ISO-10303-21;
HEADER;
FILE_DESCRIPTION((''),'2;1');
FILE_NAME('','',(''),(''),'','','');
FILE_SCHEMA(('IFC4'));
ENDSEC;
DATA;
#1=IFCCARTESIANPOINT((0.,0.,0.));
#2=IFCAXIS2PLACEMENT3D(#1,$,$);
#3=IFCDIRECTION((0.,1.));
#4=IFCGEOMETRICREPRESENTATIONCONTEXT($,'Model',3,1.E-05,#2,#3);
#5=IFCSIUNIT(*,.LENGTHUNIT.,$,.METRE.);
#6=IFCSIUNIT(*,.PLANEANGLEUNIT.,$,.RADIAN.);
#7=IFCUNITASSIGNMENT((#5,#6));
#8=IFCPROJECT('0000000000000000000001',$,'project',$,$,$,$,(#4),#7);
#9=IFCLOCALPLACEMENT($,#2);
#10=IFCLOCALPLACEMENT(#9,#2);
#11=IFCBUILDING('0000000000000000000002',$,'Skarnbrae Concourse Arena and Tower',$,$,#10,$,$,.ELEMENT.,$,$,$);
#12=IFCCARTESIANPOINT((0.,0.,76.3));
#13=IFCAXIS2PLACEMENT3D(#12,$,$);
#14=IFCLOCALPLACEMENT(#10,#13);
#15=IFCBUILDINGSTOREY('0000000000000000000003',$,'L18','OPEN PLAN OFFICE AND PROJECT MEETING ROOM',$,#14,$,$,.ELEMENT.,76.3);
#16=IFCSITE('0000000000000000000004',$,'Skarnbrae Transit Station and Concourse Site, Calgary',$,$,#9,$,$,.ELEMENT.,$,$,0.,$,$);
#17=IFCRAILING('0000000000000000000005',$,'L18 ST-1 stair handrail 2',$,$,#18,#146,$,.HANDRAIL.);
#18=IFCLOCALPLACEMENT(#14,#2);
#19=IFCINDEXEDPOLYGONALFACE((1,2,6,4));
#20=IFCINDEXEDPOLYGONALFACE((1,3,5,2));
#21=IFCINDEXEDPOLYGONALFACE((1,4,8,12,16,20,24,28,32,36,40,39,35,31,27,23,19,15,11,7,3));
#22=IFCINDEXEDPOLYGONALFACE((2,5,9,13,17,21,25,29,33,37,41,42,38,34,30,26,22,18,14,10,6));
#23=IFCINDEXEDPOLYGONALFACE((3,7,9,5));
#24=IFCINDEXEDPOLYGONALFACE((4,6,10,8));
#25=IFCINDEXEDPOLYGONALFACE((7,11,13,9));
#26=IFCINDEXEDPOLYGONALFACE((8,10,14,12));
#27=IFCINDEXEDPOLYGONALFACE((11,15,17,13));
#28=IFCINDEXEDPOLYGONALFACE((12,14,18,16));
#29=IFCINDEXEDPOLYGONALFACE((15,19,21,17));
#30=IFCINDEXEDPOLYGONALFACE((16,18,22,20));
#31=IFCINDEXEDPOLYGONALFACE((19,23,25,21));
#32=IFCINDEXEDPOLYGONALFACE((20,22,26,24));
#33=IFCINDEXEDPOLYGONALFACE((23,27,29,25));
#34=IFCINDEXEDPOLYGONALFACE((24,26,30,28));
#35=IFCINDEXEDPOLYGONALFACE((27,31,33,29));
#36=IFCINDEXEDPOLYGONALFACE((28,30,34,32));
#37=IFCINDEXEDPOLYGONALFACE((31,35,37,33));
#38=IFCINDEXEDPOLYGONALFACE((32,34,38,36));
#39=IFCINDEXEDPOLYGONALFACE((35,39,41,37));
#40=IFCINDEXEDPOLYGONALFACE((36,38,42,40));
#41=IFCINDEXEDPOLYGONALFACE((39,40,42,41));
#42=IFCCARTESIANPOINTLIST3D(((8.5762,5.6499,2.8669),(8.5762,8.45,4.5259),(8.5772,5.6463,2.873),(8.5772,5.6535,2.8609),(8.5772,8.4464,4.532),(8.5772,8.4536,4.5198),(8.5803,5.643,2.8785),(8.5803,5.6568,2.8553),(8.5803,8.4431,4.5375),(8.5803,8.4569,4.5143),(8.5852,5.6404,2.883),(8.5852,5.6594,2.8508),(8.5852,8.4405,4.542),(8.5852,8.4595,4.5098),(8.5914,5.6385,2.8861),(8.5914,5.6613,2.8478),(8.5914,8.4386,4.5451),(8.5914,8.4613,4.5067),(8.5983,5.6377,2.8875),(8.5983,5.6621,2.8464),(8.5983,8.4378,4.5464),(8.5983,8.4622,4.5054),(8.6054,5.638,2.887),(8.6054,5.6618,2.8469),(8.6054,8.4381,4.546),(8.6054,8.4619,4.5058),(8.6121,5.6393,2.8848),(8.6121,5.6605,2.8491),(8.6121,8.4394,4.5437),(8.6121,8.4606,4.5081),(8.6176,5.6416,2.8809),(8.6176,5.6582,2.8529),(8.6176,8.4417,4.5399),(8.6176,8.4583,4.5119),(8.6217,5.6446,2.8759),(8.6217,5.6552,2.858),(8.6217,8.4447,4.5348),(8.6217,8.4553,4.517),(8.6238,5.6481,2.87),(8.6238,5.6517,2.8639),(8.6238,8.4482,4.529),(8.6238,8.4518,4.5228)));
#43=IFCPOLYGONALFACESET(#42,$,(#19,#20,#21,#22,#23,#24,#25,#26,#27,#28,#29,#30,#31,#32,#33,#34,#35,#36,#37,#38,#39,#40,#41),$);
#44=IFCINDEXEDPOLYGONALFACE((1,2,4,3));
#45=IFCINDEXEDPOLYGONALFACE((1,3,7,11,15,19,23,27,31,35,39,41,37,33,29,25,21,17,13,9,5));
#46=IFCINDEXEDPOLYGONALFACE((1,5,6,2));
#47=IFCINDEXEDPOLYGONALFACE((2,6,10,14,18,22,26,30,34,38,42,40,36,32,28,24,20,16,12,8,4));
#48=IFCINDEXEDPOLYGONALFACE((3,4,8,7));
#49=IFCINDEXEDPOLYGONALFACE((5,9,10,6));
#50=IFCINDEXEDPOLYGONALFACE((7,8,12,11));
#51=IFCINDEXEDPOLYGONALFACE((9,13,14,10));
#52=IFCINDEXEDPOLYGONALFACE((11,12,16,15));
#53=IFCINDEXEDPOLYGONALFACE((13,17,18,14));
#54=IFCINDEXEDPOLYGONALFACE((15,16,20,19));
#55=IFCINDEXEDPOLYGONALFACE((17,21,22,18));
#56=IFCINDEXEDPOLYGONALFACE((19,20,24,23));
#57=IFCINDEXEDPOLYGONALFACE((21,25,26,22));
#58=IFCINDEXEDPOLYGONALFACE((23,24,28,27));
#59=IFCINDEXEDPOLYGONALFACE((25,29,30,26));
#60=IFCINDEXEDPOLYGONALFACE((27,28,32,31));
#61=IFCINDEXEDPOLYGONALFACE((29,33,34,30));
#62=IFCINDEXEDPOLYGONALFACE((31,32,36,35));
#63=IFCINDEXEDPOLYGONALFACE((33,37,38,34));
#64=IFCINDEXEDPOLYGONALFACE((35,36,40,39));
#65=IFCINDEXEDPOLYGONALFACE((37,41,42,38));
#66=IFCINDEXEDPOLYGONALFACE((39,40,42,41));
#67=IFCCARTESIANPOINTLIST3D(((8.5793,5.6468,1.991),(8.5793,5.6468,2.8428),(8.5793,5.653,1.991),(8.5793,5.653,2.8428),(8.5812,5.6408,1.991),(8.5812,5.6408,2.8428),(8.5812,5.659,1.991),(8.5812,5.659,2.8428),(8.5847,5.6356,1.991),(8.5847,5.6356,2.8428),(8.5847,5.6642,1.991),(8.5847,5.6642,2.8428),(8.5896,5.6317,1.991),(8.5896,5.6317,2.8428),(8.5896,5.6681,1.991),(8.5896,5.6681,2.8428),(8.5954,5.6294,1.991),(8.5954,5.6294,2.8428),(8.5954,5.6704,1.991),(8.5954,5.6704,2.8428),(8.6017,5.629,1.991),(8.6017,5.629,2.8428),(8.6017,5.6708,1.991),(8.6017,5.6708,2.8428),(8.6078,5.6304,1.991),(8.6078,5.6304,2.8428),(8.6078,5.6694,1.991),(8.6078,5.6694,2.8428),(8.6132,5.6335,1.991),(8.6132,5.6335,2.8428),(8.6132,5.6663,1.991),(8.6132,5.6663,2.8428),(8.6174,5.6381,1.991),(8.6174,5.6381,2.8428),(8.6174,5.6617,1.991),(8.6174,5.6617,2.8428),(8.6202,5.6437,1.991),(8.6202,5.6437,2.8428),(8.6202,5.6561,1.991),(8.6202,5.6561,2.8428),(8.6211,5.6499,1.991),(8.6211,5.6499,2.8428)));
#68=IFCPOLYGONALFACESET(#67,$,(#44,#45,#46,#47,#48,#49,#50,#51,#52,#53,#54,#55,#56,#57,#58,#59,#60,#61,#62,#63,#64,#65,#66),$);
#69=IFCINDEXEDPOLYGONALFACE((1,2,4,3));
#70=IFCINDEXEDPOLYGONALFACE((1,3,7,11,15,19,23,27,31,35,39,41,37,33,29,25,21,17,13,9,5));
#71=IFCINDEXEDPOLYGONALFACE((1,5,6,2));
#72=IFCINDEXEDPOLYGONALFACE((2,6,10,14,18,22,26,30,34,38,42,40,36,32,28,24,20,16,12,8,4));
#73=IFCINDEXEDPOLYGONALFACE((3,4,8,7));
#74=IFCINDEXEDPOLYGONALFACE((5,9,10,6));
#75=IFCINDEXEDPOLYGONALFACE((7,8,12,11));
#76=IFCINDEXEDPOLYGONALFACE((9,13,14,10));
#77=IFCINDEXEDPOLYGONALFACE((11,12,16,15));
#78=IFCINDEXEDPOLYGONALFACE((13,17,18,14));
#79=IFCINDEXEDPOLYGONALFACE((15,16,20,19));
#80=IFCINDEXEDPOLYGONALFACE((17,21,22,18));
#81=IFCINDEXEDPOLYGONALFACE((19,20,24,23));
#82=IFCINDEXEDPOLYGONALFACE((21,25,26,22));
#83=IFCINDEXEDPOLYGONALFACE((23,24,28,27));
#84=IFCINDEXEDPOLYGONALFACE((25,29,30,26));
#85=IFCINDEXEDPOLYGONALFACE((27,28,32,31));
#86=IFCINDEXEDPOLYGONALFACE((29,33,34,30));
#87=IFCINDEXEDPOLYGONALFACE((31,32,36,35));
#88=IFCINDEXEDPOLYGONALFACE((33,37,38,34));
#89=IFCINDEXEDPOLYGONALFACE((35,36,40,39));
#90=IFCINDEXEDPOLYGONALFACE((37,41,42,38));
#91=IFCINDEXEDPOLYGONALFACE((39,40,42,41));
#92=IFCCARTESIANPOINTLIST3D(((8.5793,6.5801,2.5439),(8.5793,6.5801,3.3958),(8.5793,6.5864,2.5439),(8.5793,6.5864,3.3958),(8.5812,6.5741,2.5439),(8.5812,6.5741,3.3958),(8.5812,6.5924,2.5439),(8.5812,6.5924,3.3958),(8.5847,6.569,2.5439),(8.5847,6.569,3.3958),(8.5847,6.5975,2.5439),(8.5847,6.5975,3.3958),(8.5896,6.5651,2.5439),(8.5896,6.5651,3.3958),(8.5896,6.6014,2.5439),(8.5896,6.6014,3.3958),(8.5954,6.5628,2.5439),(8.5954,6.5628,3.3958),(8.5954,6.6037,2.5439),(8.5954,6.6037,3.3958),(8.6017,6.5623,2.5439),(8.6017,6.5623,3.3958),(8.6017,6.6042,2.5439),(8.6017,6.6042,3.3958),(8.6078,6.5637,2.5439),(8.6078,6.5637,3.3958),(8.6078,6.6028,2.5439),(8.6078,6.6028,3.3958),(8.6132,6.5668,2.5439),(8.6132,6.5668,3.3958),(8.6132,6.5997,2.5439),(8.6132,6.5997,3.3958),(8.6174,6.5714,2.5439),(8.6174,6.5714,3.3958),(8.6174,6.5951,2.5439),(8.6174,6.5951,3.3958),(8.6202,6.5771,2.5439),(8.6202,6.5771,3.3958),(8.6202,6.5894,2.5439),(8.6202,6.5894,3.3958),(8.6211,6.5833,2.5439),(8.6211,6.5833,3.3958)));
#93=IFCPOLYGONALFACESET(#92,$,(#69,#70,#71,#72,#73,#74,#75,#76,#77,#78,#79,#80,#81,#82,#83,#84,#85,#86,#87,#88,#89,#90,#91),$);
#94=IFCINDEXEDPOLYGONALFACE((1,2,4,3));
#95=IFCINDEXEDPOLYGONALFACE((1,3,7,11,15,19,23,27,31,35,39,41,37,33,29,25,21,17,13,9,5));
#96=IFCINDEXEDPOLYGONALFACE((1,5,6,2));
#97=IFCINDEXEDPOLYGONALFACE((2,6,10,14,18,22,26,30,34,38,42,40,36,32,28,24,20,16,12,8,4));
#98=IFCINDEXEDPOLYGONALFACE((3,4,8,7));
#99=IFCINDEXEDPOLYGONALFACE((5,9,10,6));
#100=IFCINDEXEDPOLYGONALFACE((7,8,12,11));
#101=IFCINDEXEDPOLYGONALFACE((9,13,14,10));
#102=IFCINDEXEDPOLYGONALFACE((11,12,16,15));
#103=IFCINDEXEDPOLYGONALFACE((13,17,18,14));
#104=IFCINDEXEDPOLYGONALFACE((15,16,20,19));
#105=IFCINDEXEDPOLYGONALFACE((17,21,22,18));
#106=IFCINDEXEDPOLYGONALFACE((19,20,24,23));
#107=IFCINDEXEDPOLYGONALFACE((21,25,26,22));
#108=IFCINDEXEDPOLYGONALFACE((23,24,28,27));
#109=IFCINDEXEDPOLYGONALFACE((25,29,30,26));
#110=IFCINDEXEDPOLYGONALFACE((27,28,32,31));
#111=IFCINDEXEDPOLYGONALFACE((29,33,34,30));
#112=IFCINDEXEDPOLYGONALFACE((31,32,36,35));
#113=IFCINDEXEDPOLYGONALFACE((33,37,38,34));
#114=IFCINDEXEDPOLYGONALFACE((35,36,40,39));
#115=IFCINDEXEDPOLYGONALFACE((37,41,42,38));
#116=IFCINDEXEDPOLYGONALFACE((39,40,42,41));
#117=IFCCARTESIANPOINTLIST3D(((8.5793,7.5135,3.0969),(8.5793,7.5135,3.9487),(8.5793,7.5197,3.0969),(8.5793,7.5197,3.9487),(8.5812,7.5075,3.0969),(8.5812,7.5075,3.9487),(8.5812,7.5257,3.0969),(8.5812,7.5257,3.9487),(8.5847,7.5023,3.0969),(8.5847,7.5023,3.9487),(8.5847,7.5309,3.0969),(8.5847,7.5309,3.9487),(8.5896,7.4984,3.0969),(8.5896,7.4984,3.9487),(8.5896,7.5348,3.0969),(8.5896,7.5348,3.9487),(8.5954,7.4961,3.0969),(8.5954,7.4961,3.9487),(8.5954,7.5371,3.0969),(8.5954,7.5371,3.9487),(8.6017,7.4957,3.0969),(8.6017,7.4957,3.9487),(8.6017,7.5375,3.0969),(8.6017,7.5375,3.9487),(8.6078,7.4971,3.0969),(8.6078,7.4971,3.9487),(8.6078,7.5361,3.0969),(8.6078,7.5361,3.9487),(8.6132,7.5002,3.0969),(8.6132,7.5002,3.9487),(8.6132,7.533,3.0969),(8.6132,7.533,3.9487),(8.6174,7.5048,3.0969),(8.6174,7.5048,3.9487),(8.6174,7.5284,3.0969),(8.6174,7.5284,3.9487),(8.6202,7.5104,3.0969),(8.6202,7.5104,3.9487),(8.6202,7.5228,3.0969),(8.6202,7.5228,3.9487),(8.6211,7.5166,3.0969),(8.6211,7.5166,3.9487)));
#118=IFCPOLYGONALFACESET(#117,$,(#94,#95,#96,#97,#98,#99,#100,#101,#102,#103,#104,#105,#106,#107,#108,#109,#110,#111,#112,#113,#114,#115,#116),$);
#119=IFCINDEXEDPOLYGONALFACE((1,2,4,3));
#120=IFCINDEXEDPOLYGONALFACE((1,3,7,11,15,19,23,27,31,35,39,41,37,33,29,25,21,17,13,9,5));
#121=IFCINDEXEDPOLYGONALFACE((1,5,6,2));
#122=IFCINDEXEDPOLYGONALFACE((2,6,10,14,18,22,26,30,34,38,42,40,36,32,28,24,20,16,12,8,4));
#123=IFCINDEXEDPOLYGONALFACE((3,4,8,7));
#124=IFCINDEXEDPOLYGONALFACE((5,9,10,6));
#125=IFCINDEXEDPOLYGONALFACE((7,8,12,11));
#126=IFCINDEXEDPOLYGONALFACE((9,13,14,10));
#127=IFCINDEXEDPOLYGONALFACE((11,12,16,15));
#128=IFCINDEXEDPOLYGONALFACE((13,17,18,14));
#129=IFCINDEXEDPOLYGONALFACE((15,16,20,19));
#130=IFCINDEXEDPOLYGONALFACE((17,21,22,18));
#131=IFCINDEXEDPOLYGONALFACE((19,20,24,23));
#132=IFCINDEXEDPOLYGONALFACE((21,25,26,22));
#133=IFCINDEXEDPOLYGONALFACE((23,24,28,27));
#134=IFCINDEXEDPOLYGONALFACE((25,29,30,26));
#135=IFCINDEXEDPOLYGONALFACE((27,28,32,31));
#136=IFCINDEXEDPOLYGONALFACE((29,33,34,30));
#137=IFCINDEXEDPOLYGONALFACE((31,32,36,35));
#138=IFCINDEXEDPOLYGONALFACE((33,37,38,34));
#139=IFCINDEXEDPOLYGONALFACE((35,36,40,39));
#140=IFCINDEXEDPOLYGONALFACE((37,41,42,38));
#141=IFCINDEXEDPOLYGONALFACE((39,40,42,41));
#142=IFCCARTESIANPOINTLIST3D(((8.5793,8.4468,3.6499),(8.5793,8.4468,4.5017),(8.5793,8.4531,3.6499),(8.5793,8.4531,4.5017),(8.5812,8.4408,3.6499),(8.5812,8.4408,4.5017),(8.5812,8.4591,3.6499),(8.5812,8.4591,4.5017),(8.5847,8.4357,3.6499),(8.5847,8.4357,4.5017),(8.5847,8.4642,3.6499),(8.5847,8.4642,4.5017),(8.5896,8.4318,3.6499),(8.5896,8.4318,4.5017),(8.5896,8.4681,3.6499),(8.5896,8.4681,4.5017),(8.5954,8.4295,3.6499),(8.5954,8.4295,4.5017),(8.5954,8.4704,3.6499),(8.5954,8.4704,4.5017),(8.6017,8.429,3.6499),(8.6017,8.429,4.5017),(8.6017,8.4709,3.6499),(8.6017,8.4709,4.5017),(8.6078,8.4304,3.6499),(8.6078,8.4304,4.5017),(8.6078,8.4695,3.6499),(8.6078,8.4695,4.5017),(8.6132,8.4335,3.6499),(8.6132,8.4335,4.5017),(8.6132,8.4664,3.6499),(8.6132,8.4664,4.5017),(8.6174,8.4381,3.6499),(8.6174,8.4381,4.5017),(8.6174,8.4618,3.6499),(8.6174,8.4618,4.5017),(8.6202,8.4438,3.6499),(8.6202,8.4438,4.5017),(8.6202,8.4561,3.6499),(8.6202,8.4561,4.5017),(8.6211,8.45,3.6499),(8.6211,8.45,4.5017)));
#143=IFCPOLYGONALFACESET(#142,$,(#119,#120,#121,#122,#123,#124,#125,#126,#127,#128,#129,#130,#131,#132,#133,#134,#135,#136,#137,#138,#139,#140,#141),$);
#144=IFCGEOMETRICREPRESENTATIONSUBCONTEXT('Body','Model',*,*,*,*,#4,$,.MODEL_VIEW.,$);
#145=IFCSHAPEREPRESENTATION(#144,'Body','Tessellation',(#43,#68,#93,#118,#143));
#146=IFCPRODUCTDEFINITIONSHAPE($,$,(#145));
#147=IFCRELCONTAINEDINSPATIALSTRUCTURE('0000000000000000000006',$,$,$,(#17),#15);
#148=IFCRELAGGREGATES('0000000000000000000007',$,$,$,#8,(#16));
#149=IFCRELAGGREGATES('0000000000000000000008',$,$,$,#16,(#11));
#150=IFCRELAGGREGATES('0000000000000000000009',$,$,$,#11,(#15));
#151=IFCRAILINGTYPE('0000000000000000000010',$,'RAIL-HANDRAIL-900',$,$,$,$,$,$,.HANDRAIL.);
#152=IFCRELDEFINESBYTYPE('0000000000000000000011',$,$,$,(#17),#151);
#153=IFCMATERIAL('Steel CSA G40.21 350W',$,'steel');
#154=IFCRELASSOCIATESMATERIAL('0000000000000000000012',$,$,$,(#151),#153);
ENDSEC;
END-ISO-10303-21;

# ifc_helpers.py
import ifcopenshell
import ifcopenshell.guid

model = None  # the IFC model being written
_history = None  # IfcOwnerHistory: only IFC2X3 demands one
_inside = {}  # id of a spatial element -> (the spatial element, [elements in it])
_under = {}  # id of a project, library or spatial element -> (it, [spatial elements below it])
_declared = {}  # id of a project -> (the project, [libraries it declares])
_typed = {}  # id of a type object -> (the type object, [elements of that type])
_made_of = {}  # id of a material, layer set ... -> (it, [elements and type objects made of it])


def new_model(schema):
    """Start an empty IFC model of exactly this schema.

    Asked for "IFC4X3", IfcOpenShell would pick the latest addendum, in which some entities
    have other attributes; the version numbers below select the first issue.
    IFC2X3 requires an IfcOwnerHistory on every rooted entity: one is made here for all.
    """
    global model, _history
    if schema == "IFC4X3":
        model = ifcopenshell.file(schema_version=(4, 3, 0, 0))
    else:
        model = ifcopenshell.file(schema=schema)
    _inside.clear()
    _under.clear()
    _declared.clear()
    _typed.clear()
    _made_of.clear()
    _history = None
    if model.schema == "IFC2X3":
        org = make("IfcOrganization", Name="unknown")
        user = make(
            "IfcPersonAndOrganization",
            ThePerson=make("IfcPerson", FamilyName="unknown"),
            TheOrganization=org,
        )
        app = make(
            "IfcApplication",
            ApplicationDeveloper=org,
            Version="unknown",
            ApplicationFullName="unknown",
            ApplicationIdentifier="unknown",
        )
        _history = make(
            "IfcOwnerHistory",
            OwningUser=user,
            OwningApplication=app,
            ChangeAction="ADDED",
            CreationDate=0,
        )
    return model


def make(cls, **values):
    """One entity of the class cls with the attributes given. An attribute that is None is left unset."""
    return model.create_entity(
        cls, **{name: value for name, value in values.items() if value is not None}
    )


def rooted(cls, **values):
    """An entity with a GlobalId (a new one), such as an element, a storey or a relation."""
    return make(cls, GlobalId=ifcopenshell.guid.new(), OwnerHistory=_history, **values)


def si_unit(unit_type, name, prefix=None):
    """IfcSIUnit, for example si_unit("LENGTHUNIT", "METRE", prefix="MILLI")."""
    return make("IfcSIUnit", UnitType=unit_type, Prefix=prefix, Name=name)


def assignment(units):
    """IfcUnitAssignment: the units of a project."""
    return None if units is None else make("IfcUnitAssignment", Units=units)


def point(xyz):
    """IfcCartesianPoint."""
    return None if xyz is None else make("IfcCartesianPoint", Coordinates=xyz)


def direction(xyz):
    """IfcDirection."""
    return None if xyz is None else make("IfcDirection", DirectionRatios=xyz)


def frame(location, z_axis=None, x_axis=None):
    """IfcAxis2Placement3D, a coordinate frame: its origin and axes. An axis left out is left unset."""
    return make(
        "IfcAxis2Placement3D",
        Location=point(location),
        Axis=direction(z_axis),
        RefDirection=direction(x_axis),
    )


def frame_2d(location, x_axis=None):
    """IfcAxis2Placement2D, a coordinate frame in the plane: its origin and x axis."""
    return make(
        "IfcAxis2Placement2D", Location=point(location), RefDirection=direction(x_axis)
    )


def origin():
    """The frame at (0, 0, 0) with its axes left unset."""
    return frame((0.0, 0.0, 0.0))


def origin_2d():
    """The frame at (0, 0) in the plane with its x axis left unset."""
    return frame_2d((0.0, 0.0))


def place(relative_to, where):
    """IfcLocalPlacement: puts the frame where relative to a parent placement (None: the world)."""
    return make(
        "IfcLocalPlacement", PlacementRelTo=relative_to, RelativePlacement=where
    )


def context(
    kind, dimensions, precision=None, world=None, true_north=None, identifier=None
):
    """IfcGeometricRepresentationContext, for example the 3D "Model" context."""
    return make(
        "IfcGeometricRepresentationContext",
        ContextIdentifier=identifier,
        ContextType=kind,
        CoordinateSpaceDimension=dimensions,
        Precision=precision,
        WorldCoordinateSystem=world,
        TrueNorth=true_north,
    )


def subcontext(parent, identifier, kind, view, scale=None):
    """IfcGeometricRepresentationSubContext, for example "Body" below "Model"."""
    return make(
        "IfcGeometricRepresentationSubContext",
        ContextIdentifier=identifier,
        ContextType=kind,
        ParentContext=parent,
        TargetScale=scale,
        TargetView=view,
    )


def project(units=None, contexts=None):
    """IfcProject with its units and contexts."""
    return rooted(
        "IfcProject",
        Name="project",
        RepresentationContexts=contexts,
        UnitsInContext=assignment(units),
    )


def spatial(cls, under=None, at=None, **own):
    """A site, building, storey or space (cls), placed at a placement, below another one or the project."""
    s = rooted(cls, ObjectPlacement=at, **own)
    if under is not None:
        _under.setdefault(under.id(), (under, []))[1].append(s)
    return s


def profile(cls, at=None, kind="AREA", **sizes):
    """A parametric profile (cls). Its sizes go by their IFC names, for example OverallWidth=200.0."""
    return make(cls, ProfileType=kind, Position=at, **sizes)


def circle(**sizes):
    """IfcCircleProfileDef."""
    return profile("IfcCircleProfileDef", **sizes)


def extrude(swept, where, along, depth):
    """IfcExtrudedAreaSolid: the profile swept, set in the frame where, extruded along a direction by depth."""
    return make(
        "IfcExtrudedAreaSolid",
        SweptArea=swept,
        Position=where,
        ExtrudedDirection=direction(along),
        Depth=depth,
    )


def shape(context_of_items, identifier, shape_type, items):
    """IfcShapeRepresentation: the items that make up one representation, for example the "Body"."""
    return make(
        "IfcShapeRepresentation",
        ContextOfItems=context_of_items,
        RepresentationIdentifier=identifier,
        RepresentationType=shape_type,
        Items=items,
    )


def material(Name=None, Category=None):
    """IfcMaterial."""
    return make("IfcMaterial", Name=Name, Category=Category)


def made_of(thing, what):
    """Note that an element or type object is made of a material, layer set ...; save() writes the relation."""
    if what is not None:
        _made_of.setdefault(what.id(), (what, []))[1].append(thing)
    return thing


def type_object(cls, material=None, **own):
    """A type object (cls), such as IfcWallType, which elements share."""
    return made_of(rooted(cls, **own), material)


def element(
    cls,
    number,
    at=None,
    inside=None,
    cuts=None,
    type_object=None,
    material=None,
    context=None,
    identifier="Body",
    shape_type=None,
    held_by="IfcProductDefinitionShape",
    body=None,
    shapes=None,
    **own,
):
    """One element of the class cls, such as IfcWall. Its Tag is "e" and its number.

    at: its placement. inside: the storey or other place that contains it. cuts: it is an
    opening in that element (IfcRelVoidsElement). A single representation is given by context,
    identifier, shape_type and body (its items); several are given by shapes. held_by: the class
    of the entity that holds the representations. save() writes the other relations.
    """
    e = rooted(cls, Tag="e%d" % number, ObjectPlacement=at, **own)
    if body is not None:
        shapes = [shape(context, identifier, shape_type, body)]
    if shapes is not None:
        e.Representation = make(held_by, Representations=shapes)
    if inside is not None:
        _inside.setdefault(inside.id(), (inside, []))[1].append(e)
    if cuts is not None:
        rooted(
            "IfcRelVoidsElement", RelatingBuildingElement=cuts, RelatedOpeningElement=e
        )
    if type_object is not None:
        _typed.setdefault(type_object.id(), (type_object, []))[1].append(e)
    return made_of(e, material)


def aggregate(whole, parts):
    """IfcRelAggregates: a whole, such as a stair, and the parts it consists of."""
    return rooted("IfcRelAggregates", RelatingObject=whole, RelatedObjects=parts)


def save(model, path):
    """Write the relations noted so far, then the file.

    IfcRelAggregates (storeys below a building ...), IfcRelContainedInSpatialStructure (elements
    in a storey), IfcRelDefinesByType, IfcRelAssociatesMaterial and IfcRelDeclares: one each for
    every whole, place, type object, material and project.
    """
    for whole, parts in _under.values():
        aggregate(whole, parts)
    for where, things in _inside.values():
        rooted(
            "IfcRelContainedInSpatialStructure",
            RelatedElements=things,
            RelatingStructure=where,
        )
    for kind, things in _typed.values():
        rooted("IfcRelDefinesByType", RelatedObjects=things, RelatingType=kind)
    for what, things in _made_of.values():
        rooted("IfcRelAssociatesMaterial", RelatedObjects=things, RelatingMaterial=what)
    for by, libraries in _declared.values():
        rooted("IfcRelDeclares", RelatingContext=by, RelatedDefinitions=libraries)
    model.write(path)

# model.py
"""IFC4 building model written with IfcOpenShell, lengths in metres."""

from ifc_helpers import new_model, si_unit, direction, frame, origin, origin_2d, place, context, subcontext, project, spatial, circle, extrude, material, type_object, element, save


model = new_model("IFC4")

# Units and contexts
model_context = context("Model", 3, precision=1e-05, world=origin(), true_north=direction((0.0, 1.0)))
body_context = subcontext(model_context, "Body", "Model", "MODEL_VIEW")
ifc_project = project(units=[si_unit("LENGTHUNIT", "METRE"), si_unit("PLANEANGLEUNIT", "RADIAN")], contexts=[model_context])

# Site, building, storey
site_placement = place(None, origin())
site = spatial("IfcSite", under=ifc_project, at=site_placement, Name="Skarnbrae Transit Station and Concourse Site, Calgary", CompositionType="ELEMENT", RefElevation=0.0)
building_placement = place(site_placement, origin())
building = spatial("IfcBuilding", under=site, at=building_placement, Name="Skarnbrae Concourse Arena and Tower", CompositionType="ELEMENT")
storey_placement = place(building_placement, frame((0.0, 0.0, 76.3)))
storey = spatial("IfcBuildingStorey", under=building, at=storey_placement, Name="L18", Description="OPEN PLAN OFFICE AND PROJECT MEETING ROOM", CompositionType="ELEMENT", Elevation=76.3)

# Shared definitions
ifc_material_1 = material(Name="Steel CSA G40.21 350W", Category="steel")

# Railing
railing_type_1 = type_object("IfcRailingType", Name="RAIL-HANDRAIL-900", PredefinedType="HANDRAIL", material=ifc_material_1)
railing_1_placement = place(storey_placement, frame((8.6001, 5.6499, 1.991)))
element("IfcRailing", 1, at=railing_1_placement, inside=storey, type_object=railing_type_1, Name="L18 ST-1 stair handrail 2", PredefinedType="HANDRAIL", context=body_context, shape_type="SweptSolid", body=[
    extrude(circle(Radius=0.0239, at=origin_2d()), frame((0.0, 0.0, 0.876), z_axis=(0.0, 0.860339, 0.509722), x_axis=(-1.0, 0.0, 0.0)), (0.0, 0.0, 1.0), 3.2546),
    extrude(circle(Radius=0.021, at=origin_2d()), origin(), (0.0, 0.0, 1.0), 0.8518),
    extrude(circle(Radius=0.021, at=origin_2d()), frame((0.0, 0.9333, 0.553)), (0.0, 0.0, 1.0), 0.8518),
    extrude(circle(Radius=0.021, at=origin_2d()), frame((0.0, 1.8667, 1.106)), (0.0, 0.0, 1.0), 0.8518),
    extrude(circle(Radius=0.021, at=origin_2d()), frame((0.0, 2.8, 1.6589)), (0.0, 0.0, 1.0), 0.8518),
])

save(model, "model.ifc")
